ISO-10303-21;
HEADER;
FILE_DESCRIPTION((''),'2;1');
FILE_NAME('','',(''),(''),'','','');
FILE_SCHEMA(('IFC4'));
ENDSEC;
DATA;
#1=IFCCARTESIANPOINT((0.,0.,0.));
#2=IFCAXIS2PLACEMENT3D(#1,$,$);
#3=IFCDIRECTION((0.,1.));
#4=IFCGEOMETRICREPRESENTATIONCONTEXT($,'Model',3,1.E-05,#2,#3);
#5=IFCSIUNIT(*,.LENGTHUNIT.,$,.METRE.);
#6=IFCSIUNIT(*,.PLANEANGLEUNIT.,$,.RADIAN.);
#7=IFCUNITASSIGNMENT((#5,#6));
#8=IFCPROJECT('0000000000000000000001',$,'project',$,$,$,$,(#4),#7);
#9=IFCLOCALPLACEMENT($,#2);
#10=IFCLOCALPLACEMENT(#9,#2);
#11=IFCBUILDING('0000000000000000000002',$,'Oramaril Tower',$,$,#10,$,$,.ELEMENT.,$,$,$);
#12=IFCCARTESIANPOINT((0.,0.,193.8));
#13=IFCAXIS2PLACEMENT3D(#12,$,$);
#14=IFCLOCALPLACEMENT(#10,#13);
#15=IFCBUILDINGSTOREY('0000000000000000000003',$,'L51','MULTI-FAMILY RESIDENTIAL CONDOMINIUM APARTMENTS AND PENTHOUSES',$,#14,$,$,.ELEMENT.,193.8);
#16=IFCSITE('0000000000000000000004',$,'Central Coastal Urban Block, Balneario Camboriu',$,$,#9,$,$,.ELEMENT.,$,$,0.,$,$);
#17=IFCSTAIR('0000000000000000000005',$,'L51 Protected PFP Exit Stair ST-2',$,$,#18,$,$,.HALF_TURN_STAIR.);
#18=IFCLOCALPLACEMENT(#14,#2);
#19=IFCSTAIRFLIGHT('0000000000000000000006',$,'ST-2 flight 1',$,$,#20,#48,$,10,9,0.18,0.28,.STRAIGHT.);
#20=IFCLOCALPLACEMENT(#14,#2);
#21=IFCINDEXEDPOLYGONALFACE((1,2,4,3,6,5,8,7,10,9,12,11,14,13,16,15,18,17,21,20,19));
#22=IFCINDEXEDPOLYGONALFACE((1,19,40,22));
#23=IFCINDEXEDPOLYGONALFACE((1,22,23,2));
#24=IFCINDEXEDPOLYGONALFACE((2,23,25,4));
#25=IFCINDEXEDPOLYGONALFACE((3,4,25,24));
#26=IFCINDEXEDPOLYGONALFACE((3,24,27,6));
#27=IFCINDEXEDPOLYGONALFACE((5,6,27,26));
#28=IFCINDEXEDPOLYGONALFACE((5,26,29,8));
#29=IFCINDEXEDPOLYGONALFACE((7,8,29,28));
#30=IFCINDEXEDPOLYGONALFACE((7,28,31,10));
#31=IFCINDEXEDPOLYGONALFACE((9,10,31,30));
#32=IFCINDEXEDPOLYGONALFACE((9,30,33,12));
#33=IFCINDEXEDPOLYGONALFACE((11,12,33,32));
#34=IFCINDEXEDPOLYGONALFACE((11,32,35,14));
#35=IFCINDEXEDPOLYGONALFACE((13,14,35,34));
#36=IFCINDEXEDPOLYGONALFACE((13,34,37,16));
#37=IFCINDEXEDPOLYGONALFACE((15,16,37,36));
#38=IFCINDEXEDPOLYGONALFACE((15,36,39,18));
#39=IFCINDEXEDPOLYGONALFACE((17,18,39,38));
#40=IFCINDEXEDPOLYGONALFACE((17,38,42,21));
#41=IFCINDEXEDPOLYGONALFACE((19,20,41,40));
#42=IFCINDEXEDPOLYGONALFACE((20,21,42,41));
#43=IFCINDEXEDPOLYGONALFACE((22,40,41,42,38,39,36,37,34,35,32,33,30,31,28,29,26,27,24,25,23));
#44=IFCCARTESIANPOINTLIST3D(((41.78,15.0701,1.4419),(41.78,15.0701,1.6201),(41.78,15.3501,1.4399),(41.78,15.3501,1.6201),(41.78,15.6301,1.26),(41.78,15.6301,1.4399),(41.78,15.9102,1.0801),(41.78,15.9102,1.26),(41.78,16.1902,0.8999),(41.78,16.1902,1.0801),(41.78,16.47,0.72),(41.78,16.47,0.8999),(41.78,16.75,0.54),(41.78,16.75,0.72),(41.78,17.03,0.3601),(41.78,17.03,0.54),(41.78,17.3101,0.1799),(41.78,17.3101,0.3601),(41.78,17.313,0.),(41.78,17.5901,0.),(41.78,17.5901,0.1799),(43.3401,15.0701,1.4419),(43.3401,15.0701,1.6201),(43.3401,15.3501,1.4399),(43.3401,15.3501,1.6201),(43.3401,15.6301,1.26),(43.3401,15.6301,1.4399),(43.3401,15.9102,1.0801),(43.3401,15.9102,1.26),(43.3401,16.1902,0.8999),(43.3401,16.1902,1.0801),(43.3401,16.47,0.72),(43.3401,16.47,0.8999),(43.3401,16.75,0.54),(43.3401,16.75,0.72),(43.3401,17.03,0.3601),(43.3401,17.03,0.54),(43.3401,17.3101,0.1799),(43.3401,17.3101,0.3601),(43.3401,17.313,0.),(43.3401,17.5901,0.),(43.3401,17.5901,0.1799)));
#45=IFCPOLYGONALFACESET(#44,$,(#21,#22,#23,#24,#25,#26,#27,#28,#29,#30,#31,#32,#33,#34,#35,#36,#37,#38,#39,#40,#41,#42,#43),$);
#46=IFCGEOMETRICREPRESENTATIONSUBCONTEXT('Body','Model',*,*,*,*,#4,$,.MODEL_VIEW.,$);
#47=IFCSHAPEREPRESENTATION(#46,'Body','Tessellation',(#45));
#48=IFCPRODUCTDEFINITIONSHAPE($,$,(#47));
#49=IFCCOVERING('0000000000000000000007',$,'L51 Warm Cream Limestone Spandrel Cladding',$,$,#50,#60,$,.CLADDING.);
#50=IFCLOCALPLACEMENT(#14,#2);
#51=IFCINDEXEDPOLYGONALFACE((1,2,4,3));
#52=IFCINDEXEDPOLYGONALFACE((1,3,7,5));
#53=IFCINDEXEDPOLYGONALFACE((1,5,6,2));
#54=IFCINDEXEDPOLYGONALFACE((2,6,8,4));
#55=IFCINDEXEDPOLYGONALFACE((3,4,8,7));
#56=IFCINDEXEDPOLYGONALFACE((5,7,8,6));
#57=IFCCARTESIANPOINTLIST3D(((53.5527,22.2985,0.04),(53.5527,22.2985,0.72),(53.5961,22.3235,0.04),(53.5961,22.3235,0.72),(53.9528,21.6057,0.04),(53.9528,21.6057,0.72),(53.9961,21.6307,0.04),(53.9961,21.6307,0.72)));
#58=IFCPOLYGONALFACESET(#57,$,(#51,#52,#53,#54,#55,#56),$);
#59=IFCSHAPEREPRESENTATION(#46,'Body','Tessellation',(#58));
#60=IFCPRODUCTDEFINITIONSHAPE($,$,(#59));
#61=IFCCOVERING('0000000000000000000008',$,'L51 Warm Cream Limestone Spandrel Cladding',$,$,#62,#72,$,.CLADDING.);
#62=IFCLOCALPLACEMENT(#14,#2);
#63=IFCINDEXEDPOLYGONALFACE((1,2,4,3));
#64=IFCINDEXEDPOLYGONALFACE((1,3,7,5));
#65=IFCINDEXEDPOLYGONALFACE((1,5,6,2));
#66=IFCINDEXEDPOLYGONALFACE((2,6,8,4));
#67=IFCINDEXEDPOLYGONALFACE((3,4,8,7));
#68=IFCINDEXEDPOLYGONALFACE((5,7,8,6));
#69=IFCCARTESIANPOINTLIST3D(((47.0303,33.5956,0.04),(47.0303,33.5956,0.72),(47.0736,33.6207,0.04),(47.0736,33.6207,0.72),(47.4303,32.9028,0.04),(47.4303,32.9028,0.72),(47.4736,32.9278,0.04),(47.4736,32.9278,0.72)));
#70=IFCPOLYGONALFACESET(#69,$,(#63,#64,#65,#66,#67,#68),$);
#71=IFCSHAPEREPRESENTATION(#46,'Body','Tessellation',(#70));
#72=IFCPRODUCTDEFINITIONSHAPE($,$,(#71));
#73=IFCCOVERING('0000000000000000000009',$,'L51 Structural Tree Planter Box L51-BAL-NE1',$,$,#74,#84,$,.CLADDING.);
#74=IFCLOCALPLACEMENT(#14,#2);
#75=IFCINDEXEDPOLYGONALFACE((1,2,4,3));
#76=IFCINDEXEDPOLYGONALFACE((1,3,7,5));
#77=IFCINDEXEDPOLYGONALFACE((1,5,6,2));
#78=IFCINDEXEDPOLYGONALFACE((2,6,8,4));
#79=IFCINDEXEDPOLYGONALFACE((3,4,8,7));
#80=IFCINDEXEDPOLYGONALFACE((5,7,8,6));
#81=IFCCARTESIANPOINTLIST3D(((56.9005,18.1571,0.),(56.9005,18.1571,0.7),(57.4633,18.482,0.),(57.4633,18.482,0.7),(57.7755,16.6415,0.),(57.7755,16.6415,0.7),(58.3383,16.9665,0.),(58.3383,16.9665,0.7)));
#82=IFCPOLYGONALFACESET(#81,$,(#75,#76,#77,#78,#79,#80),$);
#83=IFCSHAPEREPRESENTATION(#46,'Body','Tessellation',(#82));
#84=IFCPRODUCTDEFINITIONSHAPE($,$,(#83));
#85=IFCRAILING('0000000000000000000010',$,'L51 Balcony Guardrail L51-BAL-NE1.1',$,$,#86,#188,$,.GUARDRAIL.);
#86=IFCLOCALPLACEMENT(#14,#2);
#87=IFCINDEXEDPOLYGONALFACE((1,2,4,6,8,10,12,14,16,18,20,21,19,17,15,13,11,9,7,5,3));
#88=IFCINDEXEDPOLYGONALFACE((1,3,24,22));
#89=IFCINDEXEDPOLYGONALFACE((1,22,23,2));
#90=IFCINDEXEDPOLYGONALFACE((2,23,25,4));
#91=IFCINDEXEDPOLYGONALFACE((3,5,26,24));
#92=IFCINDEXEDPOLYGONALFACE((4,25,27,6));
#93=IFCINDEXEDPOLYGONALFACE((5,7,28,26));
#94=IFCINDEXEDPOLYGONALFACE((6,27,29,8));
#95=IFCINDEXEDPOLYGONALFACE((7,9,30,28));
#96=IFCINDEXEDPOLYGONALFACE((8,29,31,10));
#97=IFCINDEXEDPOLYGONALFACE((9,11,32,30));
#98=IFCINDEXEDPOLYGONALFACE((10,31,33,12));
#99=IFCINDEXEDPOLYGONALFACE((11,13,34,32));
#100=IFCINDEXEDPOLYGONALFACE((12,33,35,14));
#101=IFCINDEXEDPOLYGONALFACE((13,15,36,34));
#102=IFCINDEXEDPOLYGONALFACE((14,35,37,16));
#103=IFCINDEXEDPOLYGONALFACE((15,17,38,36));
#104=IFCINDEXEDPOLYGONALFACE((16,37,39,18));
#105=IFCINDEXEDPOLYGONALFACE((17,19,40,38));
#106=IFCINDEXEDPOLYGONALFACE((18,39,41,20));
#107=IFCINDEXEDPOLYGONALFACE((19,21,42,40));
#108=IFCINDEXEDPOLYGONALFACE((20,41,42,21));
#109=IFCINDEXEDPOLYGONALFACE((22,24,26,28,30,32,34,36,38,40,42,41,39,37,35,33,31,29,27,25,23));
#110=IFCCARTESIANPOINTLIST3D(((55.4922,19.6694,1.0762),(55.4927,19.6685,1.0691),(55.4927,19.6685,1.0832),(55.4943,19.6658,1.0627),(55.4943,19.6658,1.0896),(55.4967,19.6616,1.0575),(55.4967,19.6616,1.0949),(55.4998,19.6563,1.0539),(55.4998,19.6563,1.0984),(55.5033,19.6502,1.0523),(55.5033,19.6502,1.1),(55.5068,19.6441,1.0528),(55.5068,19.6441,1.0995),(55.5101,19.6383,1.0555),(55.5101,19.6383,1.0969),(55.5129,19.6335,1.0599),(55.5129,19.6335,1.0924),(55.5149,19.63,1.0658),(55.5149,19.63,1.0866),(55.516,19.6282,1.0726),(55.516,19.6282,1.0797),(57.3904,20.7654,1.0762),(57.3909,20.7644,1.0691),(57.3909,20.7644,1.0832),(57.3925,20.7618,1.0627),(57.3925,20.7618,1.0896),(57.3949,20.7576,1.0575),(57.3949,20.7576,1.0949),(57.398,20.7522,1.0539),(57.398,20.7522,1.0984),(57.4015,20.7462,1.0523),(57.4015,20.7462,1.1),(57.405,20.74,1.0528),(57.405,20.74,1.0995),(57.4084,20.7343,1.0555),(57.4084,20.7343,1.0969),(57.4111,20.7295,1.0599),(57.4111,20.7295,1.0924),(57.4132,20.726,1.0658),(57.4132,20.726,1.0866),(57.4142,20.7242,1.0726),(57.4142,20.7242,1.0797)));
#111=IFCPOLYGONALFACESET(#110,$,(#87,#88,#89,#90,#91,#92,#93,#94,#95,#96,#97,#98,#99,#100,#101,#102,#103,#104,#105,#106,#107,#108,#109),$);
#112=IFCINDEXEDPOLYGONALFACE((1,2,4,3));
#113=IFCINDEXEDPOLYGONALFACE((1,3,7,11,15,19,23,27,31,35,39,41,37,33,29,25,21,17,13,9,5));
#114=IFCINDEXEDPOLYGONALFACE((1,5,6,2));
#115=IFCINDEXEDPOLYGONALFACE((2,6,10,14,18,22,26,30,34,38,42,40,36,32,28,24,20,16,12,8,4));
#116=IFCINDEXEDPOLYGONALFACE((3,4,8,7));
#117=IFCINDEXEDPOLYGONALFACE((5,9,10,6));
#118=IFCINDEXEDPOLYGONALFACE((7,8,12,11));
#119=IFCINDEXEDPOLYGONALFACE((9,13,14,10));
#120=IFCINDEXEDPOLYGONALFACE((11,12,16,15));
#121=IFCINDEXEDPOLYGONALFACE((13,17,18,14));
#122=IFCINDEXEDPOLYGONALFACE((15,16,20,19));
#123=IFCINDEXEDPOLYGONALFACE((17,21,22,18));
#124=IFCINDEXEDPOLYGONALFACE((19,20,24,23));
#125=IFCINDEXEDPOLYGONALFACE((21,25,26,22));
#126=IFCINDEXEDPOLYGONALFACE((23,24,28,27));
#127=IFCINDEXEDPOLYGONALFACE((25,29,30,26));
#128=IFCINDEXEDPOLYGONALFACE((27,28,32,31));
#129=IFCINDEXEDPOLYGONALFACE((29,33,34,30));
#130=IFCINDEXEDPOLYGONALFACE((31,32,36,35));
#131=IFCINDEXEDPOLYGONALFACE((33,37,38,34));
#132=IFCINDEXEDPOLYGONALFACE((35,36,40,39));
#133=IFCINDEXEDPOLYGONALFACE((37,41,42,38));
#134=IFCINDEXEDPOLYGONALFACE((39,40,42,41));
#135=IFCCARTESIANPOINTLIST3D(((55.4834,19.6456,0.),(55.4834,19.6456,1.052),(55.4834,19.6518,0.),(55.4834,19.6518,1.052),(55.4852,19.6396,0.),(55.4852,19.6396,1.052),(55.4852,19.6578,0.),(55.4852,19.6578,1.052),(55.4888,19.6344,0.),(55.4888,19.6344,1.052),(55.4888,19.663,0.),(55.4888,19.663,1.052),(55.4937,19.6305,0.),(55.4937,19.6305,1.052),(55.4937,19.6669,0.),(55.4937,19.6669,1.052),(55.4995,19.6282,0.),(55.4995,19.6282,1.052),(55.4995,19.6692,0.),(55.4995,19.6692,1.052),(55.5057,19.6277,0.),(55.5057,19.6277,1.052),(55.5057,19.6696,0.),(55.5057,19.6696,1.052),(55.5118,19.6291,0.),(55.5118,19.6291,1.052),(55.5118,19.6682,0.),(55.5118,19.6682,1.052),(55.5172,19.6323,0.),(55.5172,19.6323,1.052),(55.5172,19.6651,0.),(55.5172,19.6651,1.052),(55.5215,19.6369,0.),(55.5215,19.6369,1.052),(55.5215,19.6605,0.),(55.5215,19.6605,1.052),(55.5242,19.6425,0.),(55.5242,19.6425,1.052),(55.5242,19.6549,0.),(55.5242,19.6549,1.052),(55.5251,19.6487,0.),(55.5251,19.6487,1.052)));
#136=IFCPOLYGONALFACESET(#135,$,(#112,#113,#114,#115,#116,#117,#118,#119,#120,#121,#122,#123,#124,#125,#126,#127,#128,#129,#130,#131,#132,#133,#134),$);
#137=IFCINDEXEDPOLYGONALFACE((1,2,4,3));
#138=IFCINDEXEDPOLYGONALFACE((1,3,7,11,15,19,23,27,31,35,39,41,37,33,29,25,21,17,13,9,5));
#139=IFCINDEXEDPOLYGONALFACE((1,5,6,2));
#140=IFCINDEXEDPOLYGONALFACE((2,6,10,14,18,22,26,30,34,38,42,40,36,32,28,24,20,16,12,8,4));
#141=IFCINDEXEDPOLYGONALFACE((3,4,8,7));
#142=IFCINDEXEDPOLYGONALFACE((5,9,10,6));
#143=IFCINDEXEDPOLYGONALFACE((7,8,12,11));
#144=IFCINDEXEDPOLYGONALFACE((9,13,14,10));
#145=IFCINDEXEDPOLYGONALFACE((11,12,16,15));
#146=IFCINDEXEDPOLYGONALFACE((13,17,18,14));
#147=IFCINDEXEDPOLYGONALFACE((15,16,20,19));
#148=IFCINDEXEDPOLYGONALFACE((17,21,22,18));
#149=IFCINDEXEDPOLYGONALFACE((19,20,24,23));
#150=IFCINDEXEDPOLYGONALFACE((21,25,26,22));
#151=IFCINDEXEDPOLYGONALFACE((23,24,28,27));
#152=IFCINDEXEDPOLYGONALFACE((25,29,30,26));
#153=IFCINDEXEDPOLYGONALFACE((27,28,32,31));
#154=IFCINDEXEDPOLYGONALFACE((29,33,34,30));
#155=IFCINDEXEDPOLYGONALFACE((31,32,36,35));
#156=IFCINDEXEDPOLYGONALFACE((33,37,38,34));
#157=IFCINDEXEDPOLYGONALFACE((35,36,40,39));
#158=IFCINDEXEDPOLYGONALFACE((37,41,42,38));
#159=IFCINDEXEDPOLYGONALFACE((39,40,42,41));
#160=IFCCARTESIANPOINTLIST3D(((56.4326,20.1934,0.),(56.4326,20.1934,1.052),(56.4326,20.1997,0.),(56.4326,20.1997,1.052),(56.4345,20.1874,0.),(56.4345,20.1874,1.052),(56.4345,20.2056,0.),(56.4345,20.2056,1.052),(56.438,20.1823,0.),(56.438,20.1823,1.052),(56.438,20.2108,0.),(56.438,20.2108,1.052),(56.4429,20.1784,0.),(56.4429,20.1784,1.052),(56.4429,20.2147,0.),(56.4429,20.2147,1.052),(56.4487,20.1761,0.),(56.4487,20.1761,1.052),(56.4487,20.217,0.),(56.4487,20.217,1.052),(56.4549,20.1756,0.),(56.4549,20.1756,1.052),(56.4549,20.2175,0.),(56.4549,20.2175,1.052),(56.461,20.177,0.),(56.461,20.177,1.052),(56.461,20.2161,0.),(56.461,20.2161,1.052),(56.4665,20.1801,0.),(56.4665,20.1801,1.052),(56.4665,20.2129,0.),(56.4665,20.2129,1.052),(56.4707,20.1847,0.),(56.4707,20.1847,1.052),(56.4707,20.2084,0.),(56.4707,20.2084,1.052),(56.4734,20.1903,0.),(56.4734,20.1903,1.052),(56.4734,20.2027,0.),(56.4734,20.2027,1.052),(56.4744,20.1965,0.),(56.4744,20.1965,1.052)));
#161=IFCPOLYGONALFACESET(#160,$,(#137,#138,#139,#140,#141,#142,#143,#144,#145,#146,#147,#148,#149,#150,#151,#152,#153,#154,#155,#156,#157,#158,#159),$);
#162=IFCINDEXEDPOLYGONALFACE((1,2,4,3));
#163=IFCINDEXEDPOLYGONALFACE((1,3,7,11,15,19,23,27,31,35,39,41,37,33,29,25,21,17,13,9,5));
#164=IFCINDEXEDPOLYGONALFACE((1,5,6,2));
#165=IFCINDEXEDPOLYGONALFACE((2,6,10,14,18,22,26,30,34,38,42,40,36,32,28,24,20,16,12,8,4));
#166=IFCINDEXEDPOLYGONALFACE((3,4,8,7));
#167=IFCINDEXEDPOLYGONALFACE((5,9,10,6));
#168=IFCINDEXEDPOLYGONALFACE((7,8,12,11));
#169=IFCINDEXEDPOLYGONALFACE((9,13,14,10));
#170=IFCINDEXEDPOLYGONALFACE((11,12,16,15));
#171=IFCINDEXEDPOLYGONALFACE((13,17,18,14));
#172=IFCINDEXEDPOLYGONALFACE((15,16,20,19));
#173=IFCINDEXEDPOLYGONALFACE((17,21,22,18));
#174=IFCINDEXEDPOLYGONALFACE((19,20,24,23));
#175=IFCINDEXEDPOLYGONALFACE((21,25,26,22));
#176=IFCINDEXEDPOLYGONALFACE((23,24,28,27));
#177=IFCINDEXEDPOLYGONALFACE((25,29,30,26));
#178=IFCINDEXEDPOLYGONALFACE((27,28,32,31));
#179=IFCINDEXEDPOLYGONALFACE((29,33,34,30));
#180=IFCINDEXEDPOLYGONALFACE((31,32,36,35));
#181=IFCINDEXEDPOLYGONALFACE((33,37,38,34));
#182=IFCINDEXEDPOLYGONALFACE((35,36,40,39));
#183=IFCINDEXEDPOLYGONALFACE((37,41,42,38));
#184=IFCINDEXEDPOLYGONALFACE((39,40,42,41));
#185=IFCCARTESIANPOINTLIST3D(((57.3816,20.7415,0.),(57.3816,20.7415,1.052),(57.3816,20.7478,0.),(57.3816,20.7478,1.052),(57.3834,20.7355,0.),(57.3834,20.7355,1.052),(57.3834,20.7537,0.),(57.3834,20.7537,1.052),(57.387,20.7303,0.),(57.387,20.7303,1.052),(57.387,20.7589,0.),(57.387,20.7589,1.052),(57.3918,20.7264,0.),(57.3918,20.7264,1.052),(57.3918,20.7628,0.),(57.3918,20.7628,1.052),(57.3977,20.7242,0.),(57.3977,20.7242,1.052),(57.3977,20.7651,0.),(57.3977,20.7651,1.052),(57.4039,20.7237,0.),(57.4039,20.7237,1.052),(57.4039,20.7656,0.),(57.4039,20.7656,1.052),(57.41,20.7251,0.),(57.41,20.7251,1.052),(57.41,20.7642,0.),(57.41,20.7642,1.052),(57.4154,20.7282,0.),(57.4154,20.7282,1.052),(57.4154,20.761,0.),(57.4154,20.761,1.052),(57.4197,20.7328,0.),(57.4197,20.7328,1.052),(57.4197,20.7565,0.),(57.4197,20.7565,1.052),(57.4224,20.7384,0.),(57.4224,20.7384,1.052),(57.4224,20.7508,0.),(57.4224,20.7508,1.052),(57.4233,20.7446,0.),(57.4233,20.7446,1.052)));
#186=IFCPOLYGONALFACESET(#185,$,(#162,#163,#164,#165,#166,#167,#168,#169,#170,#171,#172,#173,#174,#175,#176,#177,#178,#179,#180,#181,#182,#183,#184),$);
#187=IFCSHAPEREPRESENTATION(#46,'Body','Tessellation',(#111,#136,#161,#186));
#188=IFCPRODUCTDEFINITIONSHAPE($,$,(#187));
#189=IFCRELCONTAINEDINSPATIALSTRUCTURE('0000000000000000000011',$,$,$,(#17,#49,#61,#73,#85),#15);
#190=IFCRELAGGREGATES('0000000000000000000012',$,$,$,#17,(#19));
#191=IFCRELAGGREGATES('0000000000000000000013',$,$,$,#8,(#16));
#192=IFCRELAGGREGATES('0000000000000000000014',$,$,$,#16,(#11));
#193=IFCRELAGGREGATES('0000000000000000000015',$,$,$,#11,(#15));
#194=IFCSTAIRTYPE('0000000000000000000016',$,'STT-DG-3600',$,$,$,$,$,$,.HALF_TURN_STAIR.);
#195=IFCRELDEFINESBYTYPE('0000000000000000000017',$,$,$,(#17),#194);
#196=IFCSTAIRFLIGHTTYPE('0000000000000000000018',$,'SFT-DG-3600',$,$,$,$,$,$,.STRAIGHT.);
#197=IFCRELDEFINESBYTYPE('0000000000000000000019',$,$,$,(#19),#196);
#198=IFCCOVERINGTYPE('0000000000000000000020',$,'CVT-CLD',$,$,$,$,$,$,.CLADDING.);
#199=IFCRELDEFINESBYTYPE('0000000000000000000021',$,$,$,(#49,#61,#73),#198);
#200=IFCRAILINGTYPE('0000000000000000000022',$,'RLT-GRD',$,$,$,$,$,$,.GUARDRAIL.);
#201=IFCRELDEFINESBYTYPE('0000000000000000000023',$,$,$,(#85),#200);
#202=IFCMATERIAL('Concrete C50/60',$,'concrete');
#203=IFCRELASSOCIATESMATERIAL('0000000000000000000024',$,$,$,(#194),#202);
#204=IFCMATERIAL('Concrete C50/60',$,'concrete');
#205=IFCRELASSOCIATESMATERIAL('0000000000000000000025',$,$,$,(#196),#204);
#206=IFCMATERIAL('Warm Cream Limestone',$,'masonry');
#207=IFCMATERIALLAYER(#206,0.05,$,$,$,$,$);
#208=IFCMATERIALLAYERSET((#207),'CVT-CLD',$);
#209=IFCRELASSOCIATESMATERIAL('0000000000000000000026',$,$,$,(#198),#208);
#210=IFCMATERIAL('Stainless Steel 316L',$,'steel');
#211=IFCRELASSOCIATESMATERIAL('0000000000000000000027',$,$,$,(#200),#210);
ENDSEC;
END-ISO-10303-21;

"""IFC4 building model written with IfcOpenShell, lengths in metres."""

from ifc_helpers import new_model, si_unit, direction, frame, origin, origin_2d, place, context, subcontext, project, spatial, polyline, rectangle, circle, outline, extrude, material, layer, layer_set, type_object, element, aggregate, save


model = new_model("IFC4")

# Units and contexts
model_context = context("Model", 3, precision=1e-05, world=origin(), true_north=direction((0.0, 1.0)))
body_context = subcontext(model_context, "Body", "Model", "MODEL_VIEW")
ifc_project = project(units=[si_unit("LENGTHUNIT", "METRE"), si_unit("PLANEANGLEUNIT", "RADIAN")], contexts=[model_context])

# Site, building, storey
site_placement = place(None, origin())
site = spatial("IfcSite", under=ifc_project, at=site_placement, Name="Central Coastal Urban Block, Balneario Camboriu", CompositionType="ELEMENT", RefElevation=0.0)
building_placement = place(site_placement, origin())
building = spatial("IfcBuilding", under=site, at=building_placement, Name="Oramaril Tower", CompositionType="ELEMENT")
storey_placement = place(building_placement, frame((0.0, 0.0, 193.8)))
storey = spatial("IfcBuildingStorey", under=building, at=storey_placement, Name="L51", Description="MULTI-FAMILY RESIDENTIAL CONDOMINIUM APARTMENTS AND PENTHOUSES", CompositionType="ELEMENT", Elevation=193.8)

# Stair, stair flight
ifc_material_1 = material(Name="Concrete C50/60", Category="concrete")
stair_type = type_object("IfcStairType", Name="STT-DG-3600", PredefinedType="HALF_TURN_STAIR", material=ifc_material_1)
stair_placement = place(storey_placement, origin())
stair = element("IfcStair", 1, at=stair_placement, inside=storey, type_object=stair_type, Name="L51 Protected PFP Exit Stair ST-2", PredefinedType="HALF_TURN_STAIR")
ifc_material_2 = material(Name="Concrete C50/60", Category="concrete")
stair_flight_type = type_object("IfcStairFlightType", Name="SFT-DG-3600", PredefinedType="STRAIGHT", material=ifc_material_2)
stair_flight_placement = place(storey_placement, frame((42.5601, 17.5901, 0.0), z_axis=(0.0, 0.0, 1.0), x_axis=(0.0, -1.0, 0.0)))
stair_flight = element("IfcStairFlight", 2, at=stair_flight_placement, type_object=stair_flight_type, Name="ST-2 flight 1", NumberOfRisers=10, NumberOfTreads=9, PredefinedType="STRAIGHT", RiserHeight=0.18, TreadLength=0.28, context=body_context, shape_type="SweptSolid", body=[
    extrude(outline(polyline([(0.0, 0.0), (0.0, 0.1799), (0.28, 0.1799), (0.28, 0.3601), (0.5601, 0.3601), (0.5601, 0.54), (0.8401, 0.54), (0.8401, 0.72), (1.1201, 0.72), (1.1201, 0.8999), (1.3999, 0.8999), (1.3999, 1.0801), (1.6799, 1.0801), (1.6799, 1.26), (1.96, 1.26), (1.96, 1.4399), (2.24, 1.4399), (2.24, 1.6201), (2.52, 1.6201), (2.52, 1.8), (2.52, 1.4419), (0.2771, 0.0), (0.0, 0.0)])), frame((0.0, 0.78, 0.0), z_axis=(0.0, -1.0, 0.0), x_axis=(1.0, 0.0, 0.0)), (0.0, 0.0, 1.0), 1.5601),
])
aggregate(stair, [stair_flight])

# Coverings
ifc_material_3 = material(Name="Warm Cream Limestone", Category="masonry")
ifc_layer_1 = layer(ifc_material_3, 0.05)
ifc_layer_set_1 = layer_set([ifc_layer_1], Name="CVT-CLD")
covering_type = type_object("IfcCoveringType", Name="CVT-CLD", PredefinedType="CLADDING", material=ifc_layer_set_1)
for number, where, z_axis, x_axis, name in (
    (3, (53.7744, 21.9646, 0.04), (0.0, 0.0, 1.0), (-0.5, 0.866025, 0.0), "L51 Warm Cream Limestone Spandrel Cladding"),
    (4, (47.252, 33.2617, 0.04), (0.0, 0.0, 1.0), (-0.5, 0.866025, 0.0), "L51 Warm Cream Limestone Spandrel Cladding"),
):
    element("IfcCovering", number, at=place(storey_placement, frame(where, z_axis=z_axis, x_axis=x_axis)), inside=storey, type_object=covering_type, Name=name, PredefinedType="CLADDING", context=body_context, shape_type="SweptSolid", body=[
        extrude(rectangle(XDim=0.8, YDim=0.05, at=origin_2d()), origin(), (0.0, 0.0, 1.0), 0.6799),
    ])
covering_placement = place(storey_placement, frame((57.6194, 17.5618, 0.0), z_axis=(0.0, 0.0, 1.0), x_axis=(-0.5, 0.866025, 0.0)))
element("IfcCovering", 5, at=covering_placement, inside=storey, type_object=covering_type, Name="L51 Structural Tree Planter Box L51-BAL-NE1", PredefinedType="CLADDING", context=body_context, shape_type="SweptSolid", body=[
    extrude(rectangle(XDim=1.75, YDim=0.6499, at=origin_2d()), origin(), (0.0, 0.0, 1.0), 0.7),
])

# Railing
ifc_material_4 = material(Name="Stainless Steel 316L", Category="steel")
railing_type = type_object("IfcRailingType", Name="RLT-GRD", PredefinedType="GUARDRAIL", material=ifc_material_4)
railing_1_placement = place(storey_placement, frame((55.5042, 19.6487, 0.0)))
element("IfcRailing", 6, at=railing_1_placement, inside=storey, type_object=railing_type, Name="L51 Balcony Guardrail L51-BAL-NE1.1", PredefinedType="GUARDRAIL", context=body_context, shape_type="SweptSolid", body=[
    extrude(circle(Radius=0.0239, at=origin_2d()), frame((0.0, 0.0, 1.0762), z_axis=(0.866021, 0.500008, 0.0), x_axis=(-0.500008, 0.866021, 0.0)), (0.0, 0.0, 1.0), 2.1919),
    extrude(circle(Radius=0.021, at=origin_2d()), origin(), (0.0, 0.0, 1.0), 1.052),
    extrude(circle(Radius=0.021, at=origin_2d()), frame((0.9492, 0.5479, 0.0)), (0.0, 0.0, 1.0), 1.052),
    extrude(circle(Radius=0.021, at=origin_2d()), frame((1.8982, 1.0959, 0.0)), (0.0, 0.0, 1.0), 1.052),
])

save(model, "model.ifc")
